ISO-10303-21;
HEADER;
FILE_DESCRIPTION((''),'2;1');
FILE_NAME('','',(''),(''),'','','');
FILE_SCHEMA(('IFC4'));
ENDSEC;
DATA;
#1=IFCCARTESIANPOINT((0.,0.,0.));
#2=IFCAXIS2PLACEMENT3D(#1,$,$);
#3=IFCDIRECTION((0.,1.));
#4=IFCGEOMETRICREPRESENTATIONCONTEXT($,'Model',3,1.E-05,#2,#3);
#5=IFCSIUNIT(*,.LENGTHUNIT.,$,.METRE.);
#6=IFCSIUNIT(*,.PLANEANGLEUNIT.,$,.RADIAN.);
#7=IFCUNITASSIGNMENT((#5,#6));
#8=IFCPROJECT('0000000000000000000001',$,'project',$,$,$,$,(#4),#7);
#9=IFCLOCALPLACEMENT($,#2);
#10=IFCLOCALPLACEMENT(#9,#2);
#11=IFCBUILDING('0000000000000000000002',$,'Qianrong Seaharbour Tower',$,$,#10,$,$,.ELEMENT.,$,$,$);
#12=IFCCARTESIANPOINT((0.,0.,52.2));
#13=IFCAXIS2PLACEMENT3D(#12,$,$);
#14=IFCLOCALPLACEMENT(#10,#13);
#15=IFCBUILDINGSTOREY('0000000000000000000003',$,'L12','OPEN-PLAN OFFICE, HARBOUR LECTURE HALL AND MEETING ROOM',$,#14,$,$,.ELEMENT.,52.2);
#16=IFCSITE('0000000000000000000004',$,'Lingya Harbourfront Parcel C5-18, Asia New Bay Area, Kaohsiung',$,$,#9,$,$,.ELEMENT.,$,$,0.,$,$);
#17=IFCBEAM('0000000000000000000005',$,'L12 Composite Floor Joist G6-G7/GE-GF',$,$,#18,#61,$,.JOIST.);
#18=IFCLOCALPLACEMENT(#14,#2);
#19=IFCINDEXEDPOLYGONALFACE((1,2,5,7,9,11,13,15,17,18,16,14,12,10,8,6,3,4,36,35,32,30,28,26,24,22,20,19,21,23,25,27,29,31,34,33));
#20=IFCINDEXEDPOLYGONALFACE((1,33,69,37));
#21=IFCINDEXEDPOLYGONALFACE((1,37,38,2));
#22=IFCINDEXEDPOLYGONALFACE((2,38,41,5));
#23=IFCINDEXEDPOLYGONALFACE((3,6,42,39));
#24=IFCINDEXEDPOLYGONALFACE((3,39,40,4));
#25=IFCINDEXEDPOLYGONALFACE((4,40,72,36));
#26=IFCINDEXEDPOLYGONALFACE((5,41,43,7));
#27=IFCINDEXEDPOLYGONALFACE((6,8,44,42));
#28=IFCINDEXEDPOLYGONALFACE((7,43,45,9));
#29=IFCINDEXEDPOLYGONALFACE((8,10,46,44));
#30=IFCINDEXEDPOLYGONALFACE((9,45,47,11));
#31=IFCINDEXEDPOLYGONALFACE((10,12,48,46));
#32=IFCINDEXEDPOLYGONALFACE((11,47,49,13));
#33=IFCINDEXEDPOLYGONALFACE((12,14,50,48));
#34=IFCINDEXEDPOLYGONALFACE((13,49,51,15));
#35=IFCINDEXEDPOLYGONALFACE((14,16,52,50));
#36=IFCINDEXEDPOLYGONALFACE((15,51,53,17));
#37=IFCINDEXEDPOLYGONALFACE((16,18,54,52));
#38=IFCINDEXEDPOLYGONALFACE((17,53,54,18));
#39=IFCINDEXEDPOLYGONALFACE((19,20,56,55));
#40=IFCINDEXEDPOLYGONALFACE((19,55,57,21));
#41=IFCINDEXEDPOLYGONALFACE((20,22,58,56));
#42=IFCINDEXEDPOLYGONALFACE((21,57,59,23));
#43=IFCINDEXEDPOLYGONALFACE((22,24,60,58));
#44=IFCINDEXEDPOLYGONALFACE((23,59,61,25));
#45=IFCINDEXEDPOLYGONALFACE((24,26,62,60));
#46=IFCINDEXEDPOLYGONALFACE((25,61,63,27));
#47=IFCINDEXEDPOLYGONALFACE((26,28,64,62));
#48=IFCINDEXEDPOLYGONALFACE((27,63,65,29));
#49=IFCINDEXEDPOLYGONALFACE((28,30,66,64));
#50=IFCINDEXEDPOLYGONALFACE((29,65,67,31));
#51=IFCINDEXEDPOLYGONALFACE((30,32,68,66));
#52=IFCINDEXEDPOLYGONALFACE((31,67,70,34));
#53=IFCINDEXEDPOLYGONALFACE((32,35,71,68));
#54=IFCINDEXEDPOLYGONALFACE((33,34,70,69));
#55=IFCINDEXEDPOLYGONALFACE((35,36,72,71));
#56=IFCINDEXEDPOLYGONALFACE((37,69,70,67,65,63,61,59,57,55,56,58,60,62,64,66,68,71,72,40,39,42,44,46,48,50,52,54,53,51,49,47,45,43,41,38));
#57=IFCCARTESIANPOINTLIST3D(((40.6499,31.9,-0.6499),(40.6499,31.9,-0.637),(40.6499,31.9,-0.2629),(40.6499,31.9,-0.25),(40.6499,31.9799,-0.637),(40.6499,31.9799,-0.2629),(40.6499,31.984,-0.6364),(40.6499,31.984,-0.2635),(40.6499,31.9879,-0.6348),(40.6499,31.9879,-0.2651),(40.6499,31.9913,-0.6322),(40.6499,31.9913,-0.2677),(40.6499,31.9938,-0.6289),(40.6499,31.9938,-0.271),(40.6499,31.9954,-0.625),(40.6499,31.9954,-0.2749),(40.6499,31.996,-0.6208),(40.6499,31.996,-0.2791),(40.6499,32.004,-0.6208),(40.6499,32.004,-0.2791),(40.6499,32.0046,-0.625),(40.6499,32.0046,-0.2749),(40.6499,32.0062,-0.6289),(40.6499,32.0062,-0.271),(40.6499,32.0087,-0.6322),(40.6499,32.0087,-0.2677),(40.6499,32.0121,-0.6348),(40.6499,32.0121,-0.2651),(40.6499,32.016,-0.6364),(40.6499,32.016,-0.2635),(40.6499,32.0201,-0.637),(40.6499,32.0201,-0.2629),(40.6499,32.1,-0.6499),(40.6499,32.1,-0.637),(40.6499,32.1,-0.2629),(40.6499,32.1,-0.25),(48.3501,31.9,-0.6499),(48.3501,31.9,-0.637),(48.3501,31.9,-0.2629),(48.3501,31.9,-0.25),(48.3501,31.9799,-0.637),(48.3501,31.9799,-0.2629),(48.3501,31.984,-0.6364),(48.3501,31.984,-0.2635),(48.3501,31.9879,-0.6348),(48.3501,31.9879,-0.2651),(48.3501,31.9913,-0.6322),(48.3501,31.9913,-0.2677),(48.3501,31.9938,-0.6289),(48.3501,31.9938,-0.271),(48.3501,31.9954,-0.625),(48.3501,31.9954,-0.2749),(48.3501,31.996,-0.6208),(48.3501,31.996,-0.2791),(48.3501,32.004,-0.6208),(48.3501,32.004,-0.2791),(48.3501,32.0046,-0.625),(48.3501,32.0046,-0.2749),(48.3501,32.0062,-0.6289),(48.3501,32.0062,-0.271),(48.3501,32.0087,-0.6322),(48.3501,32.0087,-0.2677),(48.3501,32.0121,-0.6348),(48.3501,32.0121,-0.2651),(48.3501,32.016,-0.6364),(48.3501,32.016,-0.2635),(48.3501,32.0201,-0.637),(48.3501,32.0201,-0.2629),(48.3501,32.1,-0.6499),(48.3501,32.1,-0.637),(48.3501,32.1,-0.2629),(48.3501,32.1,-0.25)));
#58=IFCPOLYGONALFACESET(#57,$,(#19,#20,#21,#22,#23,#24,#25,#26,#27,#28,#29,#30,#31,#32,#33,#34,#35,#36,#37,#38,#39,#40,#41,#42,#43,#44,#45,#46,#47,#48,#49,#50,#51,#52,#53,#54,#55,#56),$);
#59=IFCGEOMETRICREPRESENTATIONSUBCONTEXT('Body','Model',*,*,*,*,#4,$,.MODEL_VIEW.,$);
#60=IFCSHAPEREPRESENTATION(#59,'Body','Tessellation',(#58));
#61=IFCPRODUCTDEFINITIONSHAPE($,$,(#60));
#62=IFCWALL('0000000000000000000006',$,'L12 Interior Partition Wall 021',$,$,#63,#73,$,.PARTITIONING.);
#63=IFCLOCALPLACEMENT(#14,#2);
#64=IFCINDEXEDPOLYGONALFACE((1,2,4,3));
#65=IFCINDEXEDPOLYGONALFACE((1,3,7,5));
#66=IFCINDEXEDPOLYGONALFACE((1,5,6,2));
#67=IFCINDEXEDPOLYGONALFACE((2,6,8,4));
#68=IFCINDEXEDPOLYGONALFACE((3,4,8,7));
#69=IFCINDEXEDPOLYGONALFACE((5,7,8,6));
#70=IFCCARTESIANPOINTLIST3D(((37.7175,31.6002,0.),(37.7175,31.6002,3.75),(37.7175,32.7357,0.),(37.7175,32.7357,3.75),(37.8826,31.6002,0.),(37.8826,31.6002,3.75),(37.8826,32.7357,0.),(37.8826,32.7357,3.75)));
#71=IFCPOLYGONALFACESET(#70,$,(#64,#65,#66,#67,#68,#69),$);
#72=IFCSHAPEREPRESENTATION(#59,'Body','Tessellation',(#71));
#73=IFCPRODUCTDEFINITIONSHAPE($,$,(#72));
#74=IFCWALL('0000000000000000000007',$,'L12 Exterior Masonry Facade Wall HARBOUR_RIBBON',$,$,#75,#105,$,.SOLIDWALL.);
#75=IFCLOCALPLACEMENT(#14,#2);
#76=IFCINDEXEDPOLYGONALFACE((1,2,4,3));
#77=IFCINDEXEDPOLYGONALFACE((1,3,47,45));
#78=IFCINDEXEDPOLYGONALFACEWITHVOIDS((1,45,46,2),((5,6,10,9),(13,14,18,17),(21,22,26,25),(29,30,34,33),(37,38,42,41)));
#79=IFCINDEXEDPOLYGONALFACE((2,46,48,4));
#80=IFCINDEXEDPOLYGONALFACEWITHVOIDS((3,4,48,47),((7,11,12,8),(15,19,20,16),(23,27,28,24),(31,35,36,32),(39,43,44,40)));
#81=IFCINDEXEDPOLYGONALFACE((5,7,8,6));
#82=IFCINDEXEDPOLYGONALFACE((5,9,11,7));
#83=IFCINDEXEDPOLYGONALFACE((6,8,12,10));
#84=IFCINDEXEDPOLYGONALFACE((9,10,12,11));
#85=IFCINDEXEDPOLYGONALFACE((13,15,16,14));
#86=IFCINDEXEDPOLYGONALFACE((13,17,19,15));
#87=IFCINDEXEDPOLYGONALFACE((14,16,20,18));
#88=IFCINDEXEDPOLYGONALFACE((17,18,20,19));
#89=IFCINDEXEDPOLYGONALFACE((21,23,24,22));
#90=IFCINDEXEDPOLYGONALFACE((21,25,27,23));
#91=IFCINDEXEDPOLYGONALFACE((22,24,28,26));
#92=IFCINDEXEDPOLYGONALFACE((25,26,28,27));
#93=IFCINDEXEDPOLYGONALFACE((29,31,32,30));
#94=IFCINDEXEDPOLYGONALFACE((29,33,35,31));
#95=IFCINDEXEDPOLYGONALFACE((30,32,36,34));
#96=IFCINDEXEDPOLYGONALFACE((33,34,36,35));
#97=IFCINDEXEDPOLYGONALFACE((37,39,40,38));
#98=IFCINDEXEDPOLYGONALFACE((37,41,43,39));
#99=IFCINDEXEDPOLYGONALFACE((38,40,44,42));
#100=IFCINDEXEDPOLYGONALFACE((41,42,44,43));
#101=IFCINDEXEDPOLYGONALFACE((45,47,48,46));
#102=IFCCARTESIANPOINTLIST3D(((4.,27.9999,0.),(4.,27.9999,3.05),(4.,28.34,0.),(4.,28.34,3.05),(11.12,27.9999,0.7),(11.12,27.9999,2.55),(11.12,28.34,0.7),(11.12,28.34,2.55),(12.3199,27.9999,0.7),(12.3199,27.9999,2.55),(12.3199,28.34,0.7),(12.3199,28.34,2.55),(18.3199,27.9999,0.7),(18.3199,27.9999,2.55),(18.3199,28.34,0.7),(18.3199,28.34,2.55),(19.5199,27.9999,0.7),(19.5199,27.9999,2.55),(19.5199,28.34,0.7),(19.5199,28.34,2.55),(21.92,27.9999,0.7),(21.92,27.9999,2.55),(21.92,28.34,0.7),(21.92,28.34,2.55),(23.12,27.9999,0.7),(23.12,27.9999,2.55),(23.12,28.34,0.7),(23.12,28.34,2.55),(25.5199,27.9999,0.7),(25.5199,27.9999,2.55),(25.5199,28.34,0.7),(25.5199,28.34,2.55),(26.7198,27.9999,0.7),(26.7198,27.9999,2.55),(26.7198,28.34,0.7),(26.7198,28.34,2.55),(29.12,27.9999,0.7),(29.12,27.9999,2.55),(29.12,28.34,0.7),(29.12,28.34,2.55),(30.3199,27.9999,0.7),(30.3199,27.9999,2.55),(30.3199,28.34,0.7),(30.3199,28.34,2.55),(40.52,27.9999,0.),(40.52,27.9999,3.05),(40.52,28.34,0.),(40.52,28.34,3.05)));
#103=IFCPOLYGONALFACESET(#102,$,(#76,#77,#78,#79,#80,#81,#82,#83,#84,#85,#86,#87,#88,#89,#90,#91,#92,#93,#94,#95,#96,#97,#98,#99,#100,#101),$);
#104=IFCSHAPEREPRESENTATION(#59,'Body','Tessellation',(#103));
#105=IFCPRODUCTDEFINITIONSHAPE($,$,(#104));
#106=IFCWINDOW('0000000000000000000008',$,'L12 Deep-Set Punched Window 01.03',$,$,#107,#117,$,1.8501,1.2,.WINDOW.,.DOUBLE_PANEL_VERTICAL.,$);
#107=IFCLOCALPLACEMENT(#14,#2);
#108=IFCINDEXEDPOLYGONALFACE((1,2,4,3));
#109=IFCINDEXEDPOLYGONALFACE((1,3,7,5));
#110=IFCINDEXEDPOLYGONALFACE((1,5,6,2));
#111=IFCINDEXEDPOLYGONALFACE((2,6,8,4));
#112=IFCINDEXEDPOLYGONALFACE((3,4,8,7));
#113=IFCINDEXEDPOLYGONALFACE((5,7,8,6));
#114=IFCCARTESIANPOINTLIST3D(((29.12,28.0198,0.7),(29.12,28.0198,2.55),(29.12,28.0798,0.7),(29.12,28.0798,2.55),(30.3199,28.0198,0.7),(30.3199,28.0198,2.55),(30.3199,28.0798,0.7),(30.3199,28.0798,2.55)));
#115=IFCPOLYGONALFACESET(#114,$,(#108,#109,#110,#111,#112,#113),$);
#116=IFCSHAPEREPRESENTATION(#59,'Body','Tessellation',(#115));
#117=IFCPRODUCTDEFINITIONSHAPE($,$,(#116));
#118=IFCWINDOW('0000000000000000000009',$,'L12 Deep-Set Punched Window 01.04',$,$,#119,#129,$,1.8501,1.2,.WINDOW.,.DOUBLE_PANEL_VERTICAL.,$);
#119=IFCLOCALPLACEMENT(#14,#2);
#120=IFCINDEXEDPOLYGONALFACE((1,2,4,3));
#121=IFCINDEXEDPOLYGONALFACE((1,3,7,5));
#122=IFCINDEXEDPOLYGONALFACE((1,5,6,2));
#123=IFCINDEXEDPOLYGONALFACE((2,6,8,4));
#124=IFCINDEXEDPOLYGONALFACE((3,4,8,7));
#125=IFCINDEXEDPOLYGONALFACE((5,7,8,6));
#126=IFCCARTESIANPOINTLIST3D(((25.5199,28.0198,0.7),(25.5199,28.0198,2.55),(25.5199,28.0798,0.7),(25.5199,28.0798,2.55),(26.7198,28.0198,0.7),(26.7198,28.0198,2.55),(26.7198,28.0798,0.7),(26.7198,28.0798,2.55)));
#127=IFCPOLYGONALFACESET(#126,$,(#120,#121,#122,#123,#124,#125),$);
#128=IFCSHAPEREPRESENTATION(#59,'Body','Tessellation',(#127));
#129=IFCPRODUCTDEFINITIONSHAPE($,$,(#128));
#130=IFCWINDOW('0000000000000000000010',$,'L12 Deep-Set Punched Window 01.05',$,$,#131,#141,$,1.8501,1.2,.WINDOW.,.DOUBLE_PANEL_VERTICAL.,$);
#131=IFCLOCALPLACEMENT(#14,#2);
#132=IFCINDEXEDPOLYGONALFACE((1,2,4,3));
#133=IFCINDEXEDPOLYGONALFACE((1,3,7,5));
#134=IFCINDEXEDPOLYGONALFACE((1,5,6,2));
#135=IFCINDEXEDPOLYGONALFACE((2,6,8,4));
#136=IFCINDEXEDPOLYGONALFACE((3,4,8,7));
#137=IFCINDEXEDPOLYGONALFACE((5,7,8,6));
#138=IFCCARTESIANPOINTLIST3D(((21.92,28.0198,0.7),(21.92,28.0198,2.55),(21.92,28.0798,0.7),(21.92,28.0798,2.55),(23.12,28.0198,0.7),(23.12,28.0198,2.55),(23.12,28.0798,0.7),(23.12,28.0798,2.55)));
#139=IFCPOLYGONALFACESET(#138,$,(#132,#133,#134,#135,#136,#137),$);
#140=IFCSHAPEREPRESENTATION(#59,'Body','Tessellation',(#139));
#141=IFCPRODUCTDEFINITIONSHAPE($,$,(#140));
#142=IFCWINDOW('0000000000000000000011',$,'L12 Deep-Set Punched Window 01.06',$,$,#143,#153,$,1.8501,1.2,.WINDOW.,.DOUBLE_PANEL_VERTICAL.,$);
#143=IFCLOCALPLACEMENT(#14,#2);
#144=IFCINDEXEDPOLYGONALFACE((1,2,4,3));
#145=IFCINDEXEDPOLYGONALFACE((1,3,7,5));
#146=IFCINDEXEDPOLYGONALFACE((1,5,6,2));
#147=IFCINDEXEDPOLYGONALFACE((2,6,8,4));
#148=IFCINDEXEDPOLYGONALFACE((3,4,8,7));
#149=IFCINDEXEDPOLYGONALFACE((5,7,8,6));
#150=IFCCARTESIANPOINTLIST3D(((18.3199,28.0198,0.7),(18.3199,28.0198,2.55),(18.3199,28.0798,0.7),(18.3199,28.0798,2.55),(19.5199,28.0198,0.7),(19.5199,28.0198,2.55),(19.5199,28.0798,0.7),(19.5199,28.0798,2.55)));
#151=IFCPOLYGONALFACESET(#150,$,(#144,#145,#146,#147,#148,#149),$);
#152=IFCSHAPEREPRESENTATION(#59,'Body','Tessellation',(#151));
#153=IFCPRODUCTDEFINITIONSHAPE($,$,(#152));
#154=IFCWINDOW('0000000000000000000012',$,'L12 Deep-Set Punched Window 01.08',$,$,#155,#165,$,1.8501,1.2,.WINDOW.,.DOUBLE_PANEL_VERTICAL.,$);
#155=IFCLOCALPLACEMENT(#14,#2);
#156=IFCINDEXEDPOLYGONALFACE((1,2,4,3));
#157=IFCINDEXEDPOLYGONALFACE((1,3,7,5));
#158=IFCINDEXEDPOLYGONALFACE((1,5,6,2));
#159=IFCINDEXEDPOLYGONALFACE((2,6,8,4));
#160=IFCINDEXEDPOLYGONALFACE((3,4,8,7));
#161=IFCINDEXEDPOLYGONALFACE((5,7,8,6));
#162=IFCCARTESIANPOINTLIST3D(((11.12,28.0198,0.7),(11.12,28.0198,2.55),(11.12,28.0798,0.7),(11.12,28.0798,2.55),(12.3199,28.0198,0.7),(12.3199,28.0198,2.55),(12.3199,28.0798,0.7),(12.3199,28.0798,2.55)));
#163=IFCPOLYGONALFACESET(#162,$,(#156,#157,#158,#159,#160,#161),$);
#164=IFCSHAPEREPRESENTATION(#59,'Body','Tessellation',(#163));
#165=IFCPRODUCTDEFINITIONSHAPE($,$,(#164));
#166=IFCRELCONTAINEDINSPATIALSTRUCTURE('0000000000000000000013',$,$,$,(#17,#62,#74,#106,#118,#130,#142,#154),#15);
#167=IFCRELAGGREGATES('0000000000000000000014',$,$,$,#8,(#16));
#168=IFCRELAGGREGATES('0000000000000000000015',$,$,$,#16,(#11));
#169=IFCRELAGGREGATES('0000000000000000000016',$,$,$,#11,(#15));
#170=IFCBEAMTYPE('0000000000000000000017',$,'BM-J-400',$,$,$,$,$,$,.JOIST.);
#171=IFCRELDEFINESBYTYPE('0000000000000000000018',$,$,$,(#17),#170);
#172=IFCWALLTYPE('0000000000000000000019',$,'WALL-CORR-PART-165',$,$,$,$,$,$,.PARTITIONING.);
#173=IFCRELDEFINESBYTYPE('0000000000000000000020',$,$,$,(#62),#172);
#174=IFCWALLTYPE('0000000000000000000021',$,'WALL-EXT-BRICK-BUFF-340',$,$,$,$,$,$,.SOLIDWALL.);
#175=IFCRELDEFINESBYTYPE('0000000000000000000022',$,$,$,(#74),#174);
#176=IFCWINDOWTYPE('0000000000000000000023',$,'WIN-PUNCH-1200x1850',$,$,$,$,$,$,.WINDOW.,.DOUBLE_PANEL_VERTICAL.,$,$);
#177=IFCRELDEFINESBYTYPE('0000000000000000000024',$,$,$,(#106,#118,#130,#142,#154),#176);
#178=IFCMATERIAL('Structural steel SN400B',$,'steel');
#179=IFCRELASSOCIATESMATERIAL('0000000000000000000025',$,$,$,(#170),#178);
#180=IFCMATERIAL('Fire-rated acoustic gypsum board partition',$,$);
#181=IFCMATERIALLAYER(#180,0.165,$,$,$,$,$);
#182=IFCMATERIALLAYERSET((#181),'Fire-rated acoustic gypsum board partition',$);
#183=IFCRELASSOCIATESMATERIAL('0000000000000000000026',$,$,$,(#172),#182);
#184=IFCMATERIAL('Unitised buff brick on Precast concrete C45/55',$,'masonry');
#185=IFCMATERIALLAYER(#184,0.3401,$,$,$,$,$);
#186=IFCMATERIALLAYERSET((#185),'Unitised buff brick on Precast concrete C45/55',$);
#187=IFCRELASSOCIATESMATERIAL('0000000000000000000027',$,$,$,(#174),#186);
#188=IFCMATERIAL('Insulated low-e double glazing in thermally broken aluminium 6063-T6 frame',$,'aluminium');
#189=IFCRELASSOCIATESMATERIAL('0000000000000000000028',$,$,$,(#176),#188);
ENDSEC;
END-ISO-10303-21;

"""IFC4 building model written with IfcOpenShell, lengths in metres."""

from ifc_helpers import new_model, si_unit, direction, frame, frame_2d, origin, origin_2d, place, context, subcontext, project, spatial, rectangle, i_section, extrude, material, layer, layer_set, material_profile, profile_set, type_object, element, fill, save


model = new_model("IFC4")

# Units and contexts
model_context = context("Model", 3, precision=1e-05, world=origin(), true_north=direction((0.0, 1.0)))
body_context = subcontext(model_context, "Body", "Model", "MODEL_VIEW")
ifc_project = project(units=[si_unit("LENGTHUNIT", "METRE"), si_unit("PLANEANGLEUNIT", "RADIAN")], contexts=[model_context])

# Site, building, storey
site_placement = place(None, origin())
site = spatial("IfcSite", under=ifc_project, at=site_placement, Name="Lingya Harbourfront Parcel C5-18, Asia New Bay Area, Kaohsiung", CompositionType="ELEMENT", RefElevation=0.0)
building_placement = place(site_placement, origin())
building = spatial("IfcBuilding", under=site, at=building_placement, Name="Qianrong Seaharbour Tower", CompositionType="ELEMENT")
storey_placement = place(building_placement, frame((0.0, 0.0, 52.2)))
storey = spatial("IfcBuildingStorey", under=building, at=storey_placement, Name="L12", Description="OPEN-PLAN OFFICE, HARBOUR LECTURE HALL AND MEETING ROOM", CompositionType="ELEMENT", Elevation=52.2)

# Beam
ifc_material_1 = material(Name="Structural steel SN400B", Category="steel")
ifc_material_profile_1 = material_profile(ifc_material_1, i_section(OverallWidth=0.2, OverallDepth=0.3999, WebThickness=0.0081, FlangeThickness=0.0129, FilletRadius=0.0161, at=origin_2d()), Name="H400x200x8x13")
ifc_profile_set_1 = profile_set([ifc_material_profile_1], Name="Structural steel SN400B")
beam_type_1 = type_object("IfcBeamType", Name="BM-J-400", PredefinedType="JOIST", material=ifc_profile_set_1)
for number, where, z_axis, x_axis, name in (
    (1, (40.6499, 32.0, -0.45), (1.0, 0.0, 0.0), (0.0, 1.0, 0.0), "L12 Composite Floor Joist G6-G7/GE-GF"),
):
    element("IfcBeam", number, at=place(storey_placement, frame(where, z_axis=z_axis, x_axis=x_axis)), inside=storey, type_object=beam_type_1, Name=name, PredefinedType="JOIST", context=body_context, shape_type="SweptSolid", body=[
        extrude(i_section(OverallWidth=0.2, OverallDepth=0.3999, WebThickness=0.0081, FlangeThickness=0.0129, FilletRadius=0.0161, at=origin_2d()), origin(), (0.0, 0.0, 1.0), 7.7002),
    ])

# Wall
ifc_material_2 = material(Name="Fire-rated acoustic gypsum board partition")
ifc_layer_1 = layer(ifc_material_2, 0.165)
ifc_layer_set_1 = layer_set([ifc_layer_1], Name="Fire-rated acoustic gypsum board partition")
wall_type_1 = type_object("IfcWallType", Name="WALL-CORR-PART-165", PredefinedType="PARTITIONING", material=ifc_layer_set_1)
wall_1_placement = place(storey_placement, frame((37.8, 31.6001, 0.0), z_axis=(0.0, 0.0, 1.0), x_axis=(0.0, 1.0, 0.0)))
element("IfcWall", 2, at=wall_1_placement, inside=storey, type_object=wall_type_1, Name="L12 Interior Partition Wall 021", PredefinedType="PARTITIONING", context=body_context, shape_type="SweptSolid", body=[
    extrude(rectangle(XDim=1.1355, YDim=0.165, at=frame_2d((0.5679, 0.0))), origin(), (0.0, 0.0, 1.0), 3.75),
])

# Wall, openings, windows
ifc_material_3 = material(Name="Unitised buff brick on Precast concrete C45/55", Category="masonry")
ifc_layer_2 = layer(ifc_material_3, 0.3401)
ifc_layer_set_2 = layer_set([ifc_layer_2], Name="Unitised buff brick on Precast concrete C45/55")
wall_type_2 = type_object("IfcWallType", Name="WALL-EXT-BRICK-BUFF-340", PredefinedType="SOLIDWALL", material=ifc_layer_set_2)
wall_2_placement = place(storey_placement, frame((40.52, 28.1699, 0.0), z_axis=(0.0, 0.0, 1.0), x_axis=(-1.0, 0.0, 0.0)))
wall_2 = element("IfcWall", 3, at=wall_2_placement, inside=storey, type_object=wall_type_2, Name="L12 Exterior Masonry Facade Wall HARBOUR_RIBBON", PredefinedType="SOLIDWALL", context=body_context, shape_type="SweptSolid", body=[
    extrude(rectangle(XDim=36.52, YDim=0.3401, at=frame_2d((18.26, 0.0))), origin(), (0.0, 0.0, 1.0), 3.05),
])
opening_1_placement = place(wall_2_placement, frame((10.2, 0.0, 0.7)))
opening_1 = element("IfcOpeningElement", 4, at=opening_1_placement, cuts=wall_2, PredefinedType="OPENING", context=body_context, shape_type="SweptSolid", body=[
    extrude(rectangle(XDim=1.2, YDim=1.8501, at=frame_2d((0.6001, 0.925))), frame((0.0, 0.1802, 0.0), z_axis=(0.0, -1.0, 0.0), x_axis=(1.0, 0.0, 0.0)), (0.0, 0.0, 1.0), 0.3601),
])
opening_2_placement = place(wall_2_placement, frame((13.8, 0.0, 0.7)))
opening_2 = element("IfcOpeningElement", 5, at=opening_2_placement, cuts=wall_2, PredefinedType="OPENING", context=body_context, shape_type="SweptSolid", body=[
    extrude(rectangle(XDim=1.2, YDim=1.8501, at=frame_2d((0.6001, 0.925))), frame((0.0, 0.1802, 0.0), z_axis=(0.0, -1.0, 0.0), x_axis=(1.0, 0.0, 0.0)), (0.0, 0.0, 1.0), 0.3601),
])
opening_3_placement = place(wall_2_placement, frame((17.3999, 0.0, 0.7)))
opening_3 = element("IfcOpeningElement", 6, at=opening_3_placement, cuts=wall_2, PredefinedType="OPENING", context=body_context, shape_type="SweptSolid", body=[
    extrude(rectangle(XDim=1.2, YDim=1.8501, at=frame_2d((0.6001, 0.925))), frame((0.0, 0.1802, 0.0), z_axis=(0.0, -1.0, 0.0), x_axis=(1.0, 0.0, 0.0)), (0.0, 0.0, 1.0), 0.3601),
])
opening_4_placement = place(wall_2_placement, frame((21.0, 0.0, 0.7)))
opening_4 = element("IfcOpeningElement", 7, at=opening_4_placement, cuts=wall_2, PredefinedType="OPENING", context=body_context, shape_type="SweptSolid", body=[
    extrude(rectangle(XDim=1.2, YDim=1.8501, at=frame_2d((0.6001, 0.925))), frame((0.0, 0.1802, 0.0), z_axis=(0.0, -1.0, 0.0), x_axis=(1.0, 0.0, 0.0)), (0.0, 0.0, 1.0), 0.3601),
])
opening_5_placement = place(wall_2_placement, frame((28.2, 0.0, 0.7)))
opening_5 = element("IfcOpeningElement", 8, at=opening_5_placement, cuts=wall_2, PredefinedType="OPENING", context=body_context, shape_type="SweptSolid", body=[
    extrude(rectangle(XDim=1.2, YDim=1.8501, at=frame_2d((0.6001, 0.925))), frame((0.0, 0.1802, 0.0), z_axis=(0.0, -1.0, 0.0), x_axis=(1.0, 0.0, 0.0)), (0.0, 0.0, 1.0), 0.3601),
])
ifc_material_4 = material(Name="Insulated low-e double glazing in thermally broken aluminium 6063-T6 frame", Category="aluminium")
window_type = type_object("IfcWindowType", Name="WIN-PUNCH-1200x1850", PartitioningType="DOUBLE_PANEL_VERTICAL", PredefinedType="WINDOW", material=ifc_material_4)
window_1_placement = place(opening_1_placement, origin())
window_1 = element("IfcWindow", 9, at=window_1_placement, inside=storey, type_object=window_type, Name="L12 Deep-Set Punched Window 01.03", OverallHeight=1.8501, OverallWidth=1.2, PartitioningType="DOUBLE_PANEL_VERTICAL", PredefinedType="WINDOW", context=body_context, shape_type="SweptSolid", body=[
    extrude(rectangle(XDim=1.2, YDim=1.8501, at=frame_2d((0.6001, 0.925))), frame((0.0, 0.1501, 0.0), z_axis=(0.0, -1.0, 0.0), x_axis=(1.0, 0.0, 0.0)), (0.0, 0.0, 1.0), 0.0601),
])
fill(opening_1, window_1)
window_2_placement = place(opening_2_placement, origin())
window_2 = element("IfcWindow", 10, at=window_2_placement, inside=storey, type_object=window_type, Name="L12 Deep-Set Punched Window 01.04", OverallHeight=1.8501, OverallWidth=1.2, PartitioningType="DOUBLE_PANEL_VERTICAL", PredefinedType="WINDOW", context=body_context, shape_type="SweptSolid", body=[
    extrude(rectangle(XDim=1.2, YDim=1.8501, at=frame_2d((0.6001, 0.925))), frame((0.0, 0.1501, 0.0), z_axis=(0.0, -1.0, 0.0), x_axis=(1.0, 0.0, 0.0)), (0.0, 0.0, 1.0), 0.0601),
])
fill(opening_2, window_2)
window_3_placement = place(opening_3_placement, origin())
window_3 = element("IfcWindow", 11, at=window_3_placement, inside=storey, type_object=window_type, Name="L12 Deep-Set Punched Window 01.05", OverallHeight=1.8501, OverallWidth=1.2, PartitioningType="DOUBLE_PANEL_VERTICAL", PredefinedType="WINDOW", context=body_context, shape_type="SweptSolid", body=[
    extrude(rectangle(XDim=1.2, YDim=1.8501, at=frame_2d((0.6001, 0.925))), frame((0.0, 0.1501, 0.0), z_axis=(0.0, -1.0, 0.0), x_axis=(1.0, 0.0, 0.0)), (0.0, 0.0, 1.0), 0.0601),
])
fill(opening_3, window_3)
window_4_placement = place(opening_4_placement, origin())
window_4 = element("IfcWindow", 12, at=window_4_placement, inside=storey, type_object=window_type, Name="L12 Deep-Set Punched Window 01.06", OverallHeight=1.8501, OverallWidth=1.2, PartitioningType="DOUBLE_PANEL_VERTICAL", PredefinedType="WINDOW", context=body_context, shape_type="SweptSolid", body=[
    extrude(rectangle(XDim=1.2, YDim=1.8501, at=frame_2d((0.6001, 0.925))), frame((0.0, 0.1501, 0.0), z_axis=(0.0, -1.0, 0.0), x_axis=(1.0, 0.0, 0.0)), (0.0, 0.0, 1.0), 0.0601),
])
fill(opening_4, window_4)
window_5_placement = place(opening_5_placement, origin())
window_5 = element("IfcWindow", 13, at=window_5_placement, inside=storey, type_object=window_type, Name="L12 Deep-Set Punched Window 01.08", OverallHeight=1.8501, OverallWidth=1.2, PartitioningType="DOUBLE_PANEL_VERTICAL", PredefinedType="WINDOW", context=body_context, shape_type="SweptSolid", body=[
    extrude(rectangle(XDim=1.2, YDim=1.8501, at=frame_2d((0.6001, 0.925))), frame((0.0, 0.1501, 0.0), z_axis=(0.0, -1.0, 0.0), x_axis=(1.0, 0.0, 0.0)), (0.0, 0.0, 1.0), 0.0601),
])
fill(opening_5, window_5)

save(model, "model.ifc")
